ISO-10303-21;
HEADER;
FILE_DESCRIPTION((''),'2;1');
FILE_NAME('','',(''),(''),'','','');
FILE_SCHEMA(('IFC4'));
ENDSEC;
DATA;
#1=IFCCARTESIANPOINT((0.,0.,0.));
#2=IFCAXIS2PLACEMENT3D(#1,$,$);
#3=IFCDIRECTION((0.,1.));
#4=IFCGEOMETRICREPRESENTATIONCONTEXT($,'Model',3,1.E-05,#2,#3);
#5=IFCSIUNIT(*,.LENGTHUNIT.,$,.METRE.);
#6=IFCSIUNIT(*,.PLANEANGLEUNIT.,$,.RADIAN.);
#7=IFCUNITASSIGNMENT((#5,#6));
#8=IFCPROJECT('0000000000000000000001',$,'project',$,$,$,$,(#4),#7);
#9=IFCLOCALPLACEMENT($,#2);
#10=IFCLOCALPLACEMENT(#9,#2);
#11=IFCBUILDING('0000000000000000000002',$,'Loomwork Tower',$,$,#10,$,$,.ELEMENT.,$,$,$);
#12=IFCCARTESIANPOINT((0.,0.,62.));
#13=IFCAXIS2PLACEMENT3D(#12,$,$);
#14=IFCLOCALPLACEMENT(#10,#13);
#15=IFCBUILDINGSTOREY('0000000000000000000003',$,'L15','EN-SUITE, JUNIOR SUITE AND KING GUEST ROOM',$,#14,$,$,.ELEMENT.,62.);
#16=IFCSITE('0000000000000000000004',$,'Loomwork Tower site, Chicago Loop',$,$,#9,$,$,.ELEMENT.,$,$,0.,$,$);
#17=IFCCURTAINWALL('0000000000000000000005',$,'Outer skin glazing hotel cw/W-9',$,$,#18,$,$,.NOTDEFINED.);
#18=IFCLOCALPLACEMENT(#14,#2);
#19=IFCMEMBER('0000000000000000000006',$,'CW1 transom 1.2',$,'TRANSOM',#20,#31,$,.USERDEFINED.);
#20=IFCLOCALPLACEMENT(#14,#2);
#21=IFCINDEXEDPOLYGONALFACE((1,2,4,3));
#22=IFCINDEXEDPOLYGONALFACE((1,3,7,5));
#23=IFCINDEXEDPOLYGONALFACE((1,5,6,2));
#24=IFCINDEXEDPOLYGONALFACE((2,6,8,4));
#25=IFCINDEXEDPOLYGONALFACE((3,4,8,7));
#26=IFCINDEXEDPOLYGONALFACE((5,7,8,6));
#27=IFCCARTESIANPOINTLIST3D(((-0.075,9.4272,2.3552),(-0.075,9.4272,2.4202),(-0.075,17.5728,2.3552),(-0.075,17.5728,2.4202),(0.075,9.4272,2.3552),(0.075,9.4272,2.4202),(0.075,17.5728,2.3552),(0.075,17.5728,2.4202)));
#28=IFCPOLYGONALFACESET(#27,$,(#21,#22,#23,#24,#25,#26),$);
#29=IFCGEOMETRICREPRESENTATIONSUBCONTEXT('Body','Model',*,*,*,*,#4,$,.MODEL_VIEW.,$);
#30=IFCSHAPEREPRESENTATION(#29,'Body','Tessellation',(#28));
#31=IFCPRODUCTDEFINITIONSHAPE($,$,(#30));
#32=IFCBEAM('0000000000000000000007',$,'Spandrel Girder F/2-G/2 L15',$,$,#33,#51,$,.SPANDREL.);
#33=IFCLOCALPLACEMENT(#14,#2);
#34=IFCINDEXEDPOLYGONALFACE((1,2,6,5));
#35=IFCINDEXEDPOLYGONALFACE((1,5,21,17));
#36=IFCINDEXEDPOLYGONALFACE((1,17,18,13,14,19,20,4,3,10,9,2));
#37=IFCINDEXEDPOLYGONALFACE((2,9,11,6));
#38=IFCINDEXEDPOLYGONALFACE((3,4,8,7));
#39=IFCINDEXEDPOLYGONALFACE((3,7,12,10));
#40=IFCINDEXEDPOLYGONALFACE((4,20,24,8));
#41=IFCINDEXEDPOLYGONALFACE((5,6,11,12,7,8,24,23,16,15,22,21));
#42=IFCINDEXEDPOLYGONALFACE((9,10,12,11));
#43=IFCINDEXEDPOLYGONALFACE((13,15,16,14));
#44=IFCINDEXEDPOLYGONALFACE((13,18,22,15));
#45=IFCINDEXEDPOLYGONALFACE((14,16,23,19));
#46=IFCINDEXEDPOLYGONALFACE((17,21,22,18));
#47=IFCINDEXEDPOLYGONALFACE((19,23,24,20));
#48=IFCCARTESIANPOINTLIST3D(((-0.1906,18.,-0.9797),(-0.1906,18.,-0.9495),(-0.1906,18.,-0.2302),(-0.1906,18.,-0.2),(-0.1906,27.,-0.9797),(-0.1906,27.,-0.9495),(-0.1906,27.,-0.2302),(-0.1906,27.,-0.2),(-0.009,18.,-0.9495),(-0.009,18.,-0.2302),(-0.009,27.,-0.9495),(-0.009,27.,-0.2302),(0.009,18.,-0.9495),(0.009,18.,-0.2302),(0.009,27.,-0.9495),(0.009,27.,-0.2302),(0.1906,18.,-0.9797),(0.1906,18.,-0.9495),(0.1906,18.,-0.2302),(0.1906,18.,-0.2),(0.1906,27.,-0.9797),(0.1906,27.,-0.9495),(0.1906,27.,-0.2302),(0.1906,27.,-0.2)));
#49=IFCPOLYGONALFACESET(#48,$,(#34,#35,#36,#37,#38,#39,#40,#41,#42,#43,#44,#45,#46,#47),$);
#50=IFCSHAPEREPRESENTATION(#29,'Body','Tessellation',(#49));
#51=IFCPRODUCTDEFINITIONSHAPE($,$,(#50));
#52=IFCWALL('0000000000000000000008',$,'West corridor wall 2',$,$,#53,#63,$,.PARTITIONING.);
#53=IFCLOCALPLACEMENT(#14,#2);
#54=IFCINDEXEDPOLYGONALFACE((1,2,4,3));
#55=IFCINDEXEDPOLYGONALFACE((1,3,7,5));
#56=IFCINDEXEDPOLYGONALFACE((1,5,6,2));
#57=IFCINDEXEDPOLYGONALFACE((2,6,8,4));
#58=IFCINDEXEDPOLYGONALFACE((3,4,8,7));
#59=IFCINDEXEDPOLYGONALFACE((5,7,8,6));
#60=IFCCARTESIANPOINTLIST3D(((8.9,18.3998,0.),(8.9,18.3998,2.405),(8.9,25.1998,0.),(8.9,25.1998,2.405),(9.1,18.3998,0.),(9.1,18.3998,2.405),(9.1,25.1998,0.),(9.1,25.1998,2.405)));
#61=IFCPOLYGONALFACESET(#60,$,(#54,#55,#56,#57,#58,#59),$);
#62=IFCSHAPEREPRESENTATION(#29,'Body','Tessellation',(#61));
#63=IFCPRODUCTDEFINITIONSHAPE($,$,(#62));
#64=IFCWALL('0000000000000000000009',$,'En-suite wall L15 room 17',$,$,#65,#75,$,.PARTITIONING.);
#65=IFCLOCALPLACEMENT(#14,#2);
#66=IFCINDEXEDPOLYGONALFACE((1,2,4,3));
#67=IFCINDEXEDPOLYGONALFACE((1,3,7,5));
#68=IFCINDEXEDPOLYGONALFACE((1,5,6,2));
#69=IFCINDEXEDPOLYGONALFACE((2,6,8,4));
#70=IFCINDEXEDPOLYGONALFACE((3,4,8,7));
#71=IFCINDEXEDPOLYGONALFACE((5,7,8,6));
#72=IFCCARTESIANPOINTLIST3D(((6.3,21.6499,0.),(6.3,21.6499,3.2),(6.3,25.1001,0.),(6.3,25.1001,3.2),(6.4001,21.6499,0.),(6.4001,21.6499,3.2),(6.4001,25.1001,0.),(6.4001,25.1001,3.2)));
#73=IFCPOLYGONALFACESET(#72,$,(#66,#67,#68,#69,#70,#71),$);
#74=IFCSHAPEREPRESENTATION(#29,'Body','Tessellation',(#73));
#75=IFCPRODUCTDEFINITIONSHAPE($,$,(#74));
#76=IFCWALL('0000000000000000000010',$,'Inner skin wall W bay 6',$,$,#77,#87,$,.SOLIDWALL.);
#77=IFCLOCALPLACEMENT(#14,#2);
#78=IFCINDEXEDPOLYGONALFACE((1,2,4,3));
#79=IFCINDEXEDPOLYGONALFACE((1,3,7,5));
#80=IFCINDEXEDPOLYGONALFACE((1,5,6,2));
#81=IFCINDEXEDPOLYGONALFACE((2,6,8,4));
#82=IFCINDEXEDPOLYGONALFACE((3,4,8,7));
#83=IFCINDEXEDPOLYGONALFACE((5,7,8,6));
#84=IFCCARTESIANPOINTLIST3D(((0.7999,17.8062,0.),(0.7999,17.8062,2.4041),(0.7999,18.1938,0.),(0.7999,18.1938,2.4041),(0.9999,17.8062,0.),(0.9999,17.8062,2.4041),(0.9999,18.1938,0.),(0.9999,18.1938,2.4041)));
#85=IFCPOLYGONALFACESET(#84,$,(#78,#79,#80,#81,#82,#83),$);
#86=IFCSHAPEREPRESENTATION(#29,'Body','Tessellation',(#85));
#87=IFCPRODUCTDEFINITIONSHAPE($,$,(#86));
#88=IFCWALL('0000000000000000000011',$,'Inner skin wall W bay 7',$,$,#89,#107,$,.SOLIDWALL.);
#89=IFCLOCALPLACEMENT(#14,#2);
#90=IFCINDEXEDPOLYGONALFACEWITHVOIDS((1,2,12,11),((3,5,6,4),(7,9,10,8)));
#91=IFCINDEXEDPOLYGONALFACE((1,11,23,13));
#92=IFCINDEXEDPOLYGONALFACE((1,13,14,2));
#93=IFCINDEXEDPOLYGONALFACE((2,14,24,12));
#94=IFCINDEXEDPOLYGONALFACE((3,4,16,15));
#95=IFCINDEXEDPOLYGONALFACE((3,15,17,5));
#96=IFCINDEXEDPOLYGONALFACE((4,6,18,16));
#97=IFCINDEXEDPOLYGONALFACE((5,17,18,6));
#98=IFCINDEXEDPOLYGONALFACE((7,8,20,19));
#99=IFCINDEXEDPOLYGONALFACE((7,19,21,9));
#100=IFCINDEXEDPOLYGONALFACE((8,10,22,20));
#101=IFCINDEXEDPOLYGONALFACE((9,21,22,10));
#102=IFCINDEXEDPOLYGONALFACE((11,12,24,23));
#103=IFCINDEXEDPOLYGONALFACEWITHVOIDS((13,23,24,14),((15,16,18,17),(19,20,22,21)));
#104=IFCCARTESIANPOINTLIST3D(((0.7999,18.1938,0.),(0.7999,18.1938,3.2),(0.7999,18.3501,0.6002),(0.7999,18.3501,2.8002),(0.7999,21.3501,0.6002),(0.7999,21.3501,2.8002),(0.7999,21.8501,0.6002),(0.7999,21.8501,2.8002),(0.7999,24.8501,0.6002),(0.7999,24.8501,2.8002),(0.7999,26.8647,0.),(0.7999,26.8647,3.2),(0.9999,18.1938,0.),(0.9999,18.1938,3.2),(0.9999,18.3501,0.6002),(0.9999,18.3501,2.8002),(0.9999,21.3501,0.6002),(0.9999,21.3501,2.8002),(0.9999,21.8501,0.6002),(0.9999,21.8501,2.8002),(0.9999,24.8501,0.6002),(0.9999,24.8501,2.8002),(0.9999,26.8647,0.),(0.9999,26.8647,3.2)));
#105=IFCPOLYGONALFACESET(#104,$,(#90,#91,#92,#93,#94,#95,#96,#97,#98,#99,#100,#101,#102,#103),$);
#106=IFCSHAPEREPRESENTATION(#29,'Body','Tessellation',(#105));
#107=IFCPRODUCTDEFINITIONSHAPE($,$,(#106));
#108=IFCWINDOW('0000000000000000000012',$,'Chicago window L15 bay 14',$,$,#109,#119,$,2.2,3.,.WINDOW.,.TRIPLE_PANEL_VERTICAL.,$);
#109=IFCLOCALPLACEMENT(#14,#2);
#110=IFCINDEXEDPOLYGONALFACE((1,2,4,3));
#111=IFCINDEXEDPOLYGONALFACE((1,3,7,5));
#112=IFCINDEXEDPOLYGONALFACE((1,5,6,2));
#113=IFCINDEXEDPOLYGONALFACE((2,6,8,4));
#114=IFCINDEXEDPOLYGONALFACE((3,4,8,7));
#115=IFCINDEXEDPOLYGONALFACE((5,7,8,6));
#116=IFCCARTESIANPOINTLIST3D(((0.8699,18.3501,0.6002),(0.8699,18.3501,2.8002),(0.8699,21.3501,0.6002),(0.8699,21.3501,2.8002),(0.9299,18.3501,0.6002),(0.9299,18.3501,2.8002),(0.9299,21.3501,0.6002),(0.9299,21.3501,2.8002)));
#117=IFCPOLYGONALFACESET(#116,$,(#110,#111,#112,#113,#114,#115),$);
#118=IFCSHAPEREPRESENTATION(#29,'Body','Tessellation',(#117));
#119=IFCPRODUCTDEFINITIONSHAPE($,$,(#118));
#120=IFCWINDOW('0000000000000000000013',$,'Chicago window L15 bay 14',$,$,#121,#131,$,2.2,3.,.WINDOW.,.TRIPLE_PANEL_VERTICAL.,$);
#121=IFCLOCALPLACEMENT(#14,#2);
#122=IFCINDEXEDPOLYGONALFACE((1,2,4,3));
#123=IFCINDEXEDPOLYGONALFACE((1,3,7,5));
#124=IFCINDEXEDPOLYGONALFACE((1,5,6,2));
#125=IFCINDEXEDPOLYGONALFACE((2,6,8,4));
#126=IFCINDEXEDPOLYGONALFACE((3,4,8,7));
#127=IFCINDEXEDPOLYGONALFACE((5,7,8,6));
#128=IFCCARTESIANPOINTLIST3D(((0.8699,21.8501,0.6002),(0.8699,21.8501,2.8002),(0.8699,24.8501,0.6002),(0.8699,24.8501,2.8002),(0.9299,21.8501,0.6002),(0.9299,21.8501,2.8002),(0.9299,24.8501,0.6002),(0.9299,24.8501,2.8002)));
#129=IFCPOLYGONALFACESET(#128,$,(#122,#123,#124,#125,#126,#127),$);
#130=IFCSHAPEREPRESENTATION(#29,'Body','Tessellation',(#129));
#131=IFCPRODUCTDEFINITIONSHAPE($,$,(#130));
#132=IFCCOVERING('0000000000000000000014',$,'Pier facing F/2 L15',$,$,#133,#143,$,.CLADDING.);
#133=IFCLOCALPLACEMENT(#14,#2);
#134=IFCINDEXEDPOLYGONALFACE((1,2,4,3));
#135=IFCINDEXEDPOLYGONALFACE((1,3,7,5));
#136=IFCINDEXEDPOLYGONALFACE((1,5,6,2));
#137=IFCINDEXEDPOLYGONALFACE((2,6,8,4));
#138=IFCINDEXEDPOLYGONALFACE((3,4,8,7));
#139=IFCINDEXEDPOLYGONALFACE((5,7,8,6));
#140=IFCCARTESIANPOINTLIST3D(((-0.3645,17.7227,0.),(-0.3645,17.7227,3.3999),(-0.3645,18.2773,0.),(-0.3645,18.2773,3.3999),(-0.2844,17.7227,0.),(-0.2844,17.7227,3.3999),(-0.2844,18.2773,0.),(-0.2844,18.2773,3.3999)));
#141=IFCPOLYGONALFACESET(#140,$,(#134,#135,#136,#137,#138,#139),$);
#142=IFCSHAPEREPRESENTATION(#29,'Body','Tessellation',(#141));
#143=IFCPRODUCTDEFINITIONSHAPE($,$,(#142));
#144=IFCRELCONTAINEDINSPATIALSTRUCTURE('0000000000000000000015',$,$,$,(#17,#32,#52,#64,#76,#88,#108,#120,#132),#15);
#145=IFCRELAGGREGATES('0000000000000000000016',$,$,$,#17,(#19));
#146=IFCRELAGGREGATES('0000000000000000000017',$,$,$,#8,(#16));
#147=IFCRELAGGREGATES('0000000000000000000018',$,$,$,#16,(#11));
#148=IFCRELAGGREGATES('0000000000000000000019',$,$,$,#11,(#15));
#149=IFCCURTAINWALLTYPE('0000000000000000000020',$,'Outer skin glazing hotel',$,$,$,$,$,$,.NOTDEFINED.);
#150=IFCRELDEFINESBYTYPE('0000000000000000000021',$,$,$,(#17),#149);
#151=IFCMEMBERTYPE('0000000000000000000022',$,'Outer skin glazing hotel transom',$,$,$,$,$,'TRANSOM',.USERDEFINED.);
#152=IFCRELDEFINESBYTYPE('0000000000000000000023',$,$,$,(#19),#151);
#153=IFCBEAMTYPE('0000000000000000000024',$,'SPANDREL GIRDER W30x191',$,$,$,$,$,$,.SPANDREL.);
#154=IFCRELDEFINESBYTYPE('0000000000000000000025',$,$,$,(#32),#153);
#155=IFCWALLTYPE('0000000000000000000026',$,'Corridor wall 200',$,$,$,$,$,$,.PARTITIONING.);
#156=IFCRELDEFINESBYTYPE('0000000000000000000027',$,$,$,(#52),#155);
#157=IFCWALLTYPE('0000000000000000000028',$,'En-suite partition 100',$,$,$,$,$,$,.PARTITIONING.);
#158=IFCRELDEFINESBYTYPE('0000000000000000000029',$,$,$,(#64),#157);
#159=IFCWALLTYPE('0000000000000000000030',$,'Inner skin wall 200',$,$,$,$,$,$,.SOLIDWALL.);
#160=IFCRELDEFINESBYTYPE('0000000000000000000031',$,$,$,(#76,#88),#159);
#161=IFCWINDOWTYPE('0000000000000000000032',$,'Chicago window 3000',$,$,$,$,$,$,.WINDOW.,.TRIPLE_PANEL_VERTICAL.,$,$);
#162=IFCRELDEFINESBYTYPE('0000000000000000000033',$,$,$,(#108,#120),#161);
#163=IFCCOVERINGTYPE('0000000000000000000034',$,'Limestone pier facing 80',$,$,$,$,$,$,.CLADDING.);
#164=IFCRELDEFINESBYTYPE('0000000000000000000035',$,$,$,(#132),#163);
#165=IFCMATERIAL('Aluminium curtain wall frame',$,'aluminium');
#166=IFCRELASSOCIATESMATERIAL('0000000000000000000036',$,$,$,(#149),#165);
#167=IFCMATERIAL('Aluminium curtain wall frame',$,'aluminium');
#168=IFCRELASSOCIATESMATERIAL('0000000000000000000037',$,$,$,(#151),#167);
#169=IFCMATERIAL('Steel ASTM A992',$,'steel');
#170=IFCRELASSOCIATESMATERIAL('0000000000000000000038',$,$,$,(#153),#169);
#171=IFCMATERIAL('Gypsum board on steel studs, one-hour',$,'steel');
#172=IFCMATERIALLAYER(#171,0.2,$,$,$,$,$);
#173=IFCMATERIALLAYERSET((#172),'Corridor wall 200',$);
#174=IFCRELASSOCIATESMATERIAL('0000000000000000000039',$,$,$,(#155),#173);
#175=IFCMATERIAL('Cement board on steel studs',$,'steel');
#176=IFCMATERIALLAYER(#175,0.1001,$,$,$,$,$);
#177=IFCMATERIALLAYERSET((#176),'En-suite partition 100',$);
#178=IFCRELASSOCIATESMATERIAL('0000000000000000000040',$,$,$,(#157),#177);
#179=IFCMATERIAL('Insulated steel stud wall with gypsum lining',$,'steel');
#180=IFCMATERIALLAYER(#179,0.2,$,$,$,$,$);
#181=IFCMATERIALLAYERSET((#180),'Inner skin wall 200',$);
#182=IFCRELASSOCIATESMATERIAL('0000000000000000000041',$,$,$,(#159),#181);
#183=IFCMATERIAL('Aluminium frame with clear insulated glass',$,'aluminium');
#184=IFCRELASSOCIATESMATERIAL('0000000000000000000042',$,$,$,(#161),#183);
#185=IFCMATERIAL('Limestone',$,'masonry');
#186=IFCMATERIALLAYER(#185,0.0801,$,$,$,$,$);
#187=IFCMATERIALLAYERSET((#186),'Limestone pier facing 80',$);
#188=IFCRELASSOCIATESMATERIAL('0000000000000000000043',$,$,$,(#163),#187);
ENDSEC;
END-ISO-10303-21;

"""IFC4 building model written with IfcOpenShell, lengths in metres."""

from ifc_helpers import new_model, si_unit, direction, frame, frame_2d, origin, origin_2d, place, context, subcontext, project, spatial, rectangle, i_section, extrude, material, layer, layer_set, material_profile, profile_set, type_object, element, fill, aggregate, save


model = new_model("IFC4")

# Units and contexts
model_context = context("Model", 3, precision=1e-05, world=origin(), true_north=direction((0.0, 1.0)))
body_context = subcontext(model_context, "Body", "Model", "MODEL_VIEW")
ifc_project = project(units=[si_unit("LENGTHUNIT", "METRE"), si_unit("PLANEANGLEUNIT", "RADIAN")], contexts=[model_context])

# Site, building, storey
site_placement = place(None, origin())
site = spatial("IfcSite", under=ifc_project, at=site_placement, Name="Loomwork Tower site, Chicago Loop", CompositionType="ELEMENT", RefElevation=0.0)
building_placement = place(site_placement, origin())
building = spatial("IfcBuilding", under=site, at=building_placement, Name="Loomwork Tower", CompositionType="ELEMENT")
storey_placement = place(building_placement, frame((0.0, 0.0, 62.0)))
storey = spatial("IfcBuildingStorey", under=building, at=storey_placement, Name="L15", Description="EN-SUITE, JUNIOR SUITE AND KING GUEST ROOM", CompositionType="ELEMENT", Elevation=62.0)

# Curtain wall
ifc_material_1 = material(Name="Aluminium curtain wall frame", Category="aluminium")
curtain_wall_type = type_object("IfcCurtainWallType", Name="Outer skin glazing hotel", PredefinedType="NOTDEFINED", material=ifc_material_1)
curtain_wall_1_placement = place(storey_placement, origin())
curtain_wall_1 = element("IfcCurtainWall", 1, at=curtain_wall_1_placement, inside=storey, type_object=curtain_wall_type, Name="Outer skin glazing hotel cw/W-9", PredefinedType="NOTDEFINED")

# Member
ifc_material_2 = material(Name="Aluminium curtain wall frame", Category="aluminium")
ifc_material_profile_1 = material_profile(ifc_material_2, rectangle(XDim=0.1499, YDim=0.0649, at=origin_2d()), Name="AL 65x150")
ifc_profile_set_1 = profile_set([ifc_material_profile_1], Name="Aluminium curtain wall frame")
member_type_1 = type_object("IfcMemberType", Name="Outer skin glazing hotel transom", ElementType="TRANSOM", PredefinedType="USERDEFINED", material=ifc_profile_set_1)
member_1_placement = place(storey_placement, frame((0.0, 17.5728, 2.3877), z_axis=(0.0, -1.0, 0.0), x_axis=(1.0, 0.0, 0.0)))
member_1 = element("IfcMember", 2, at=member_1_placement, type_object=member_type_1, Name="CW1 transom 1.2", ObjectType="TRANSOM", PredefinedType="USERDEFINED", context=body_context, shape_type="SweptSolid", body=[
    extrude(rectangle(XDim=0.1499, YDim=0.0649, at=origin_2d()), origin(), (0.0, 0.0, 1.0), 8.1455),
])
aggregate(curtain_wall_1, [member_1])

# Beam
ifc_material_3 = material(Name="Steel ASTM A992", Category="steel")
ifc_material_profile_2 = material_profile(ifc_material_3, i_section(OverallWidth=0.3811, OverallDepth=0.7798, WebThickness=0.0181, FlangeThickness=0.0303, at=origin_2d()), Name="W30x191")
ifc_profile_set_2 = profile_set([ifc_material_profile_2], Name="Steel ASTM A992")
beam_type_1 = type_object("IfcBeamType", Name="SPANDREL GIRDER W30x191", PredefinedType="SPANDREL", material=ifc_profile_set_2)
beam_1_placement = place(storey_placement, frame((0.0, 18.0, -0.5898), z_axis=(0.0, 1.0, 0.0), x_axis=(-1.0, 0.0, 0.0)))
element("IfcBeam", 3, at=beam_1_placement, inside=storey, type_object=beam_type_1, Name="Spandrel Girder F/2-G/2 L15", PredefinedType="SPANDREL", context=body_context, shape_type="SweptSolid", body=[
    extrude(i_section(OverallWidth=0.3811, OverallDepth=0.7798, WebThickness=0.0181, FlangeThickness=0.0303, at=origin_2d()), origin(), (0.0, 0.0, 1.0), 9.0),
])

# Walls
ifc_material_4 = material(Name="Gypsum board on steel studs, one-hour", Category="steel")
ifc_layer_1 = layer(ifc_material_4, 0.2)
ifc_layer_set_1 = layer_set([ifc_layer_1], Name="Corridor wall 200")
wall_type_1 = type_object("IfcWallType", Name="Corridor wall 200", PredefinedType="PARTITIONING", material=ifc_layer_set_1)
wall_1_placement = place(storey_placement, frame((9.0, 18.3999, 0.0), z_axis=(0.0, 0.0, 1.0), x_axis=(0.0, 1.0, 0.0)))
element("IfcWall", 4, at=wall_1_placement, inside=storey, type_object=wall_type_1, Name="West corridor wall 2", PredefinedType="PARTITIONING", context=body_context, shape_type="SweptSolid", body=[
    extrude(rectangle(XDim=6.8, YDim=0.2, at=frame_2d((3.3999, 0.0))), origin(), (0.0, 0.0, 1.0), 2.405),
])
ifc_material_5 = material(Name="Cement board on steel studs", Category="steel")
ifc_layer_2 = layer(ifc_material_5, 0.1001)
ifc_layer_set_2 = layer_set([ifc_layer_2], Name="En-suite partition 100")
wall_type_2 = type_object("IfcWallType", Name="En-suite partition 100", PredefinedType="PARTITIONING", material=ifc_layer_set_2)
wall_2_placement = place(storey_placement, frame((6.3501, 21.6499, 0.0), z_axis=(0.0, 0.0, 1.0), x_axis=(0.0, 1.0, 0.0)))
element("IfcWall", 5, at=wall_2_placement, inside=storey, type_object=wall_type_2, Name="En-suite wall L15 room 17", PredefinedType="PARTITIONING", context=body_context, shape_type="SweptSolid", body=[
    extrude(rectangle(XDim=3.4502, YDim=0.1001, at=frame_2d((1.7251, 0.0))), origin(), (0.0, 0.0, 1.0), 3.2),
])
ifc_material_6 = material(Name="Insulated steel stud wall with gypsum lining", Category="steel")
ifc_layer_3 = layer(ifc_material_6, 0.2)
ifc_layer_set_3 = layer_set([ifc_layer_3], Name="Inner skin wall 200")
wall_type_3 = type_object("IfcWallType", Name="Inner skin wall 200", PredefinedType="SOLIDWALL", material=ifc_layer_set_3)
wall_3_placement = place(storey_placement, frame((0.8999, 17.8062, 0.0), z_axis=(0.0, 0.0, 1.0), x_axis=(0.0, 1.0, 0.0)))
element("IfcWall", 6, at=wall_3_placement, inside=storey, type_object=wall_type_3, Name="Inner skin wall W bay 6", PredefinedType="SOLIDWALL", context=body_context, shape_type="SweptSolid", body=[
    extrude(rectangle(XDim=0.3877, YDim=0.2, at=frame_2d((0.1938, 0.0))), origin(), (0.0, 0.0, 1.0), 2.4041),
])

# Wall, openings, windows
wall_4_placement = place(storey_placement, frame((0.8999, 18.1938, 0.0), z_axis=(0.0, 0.0, 1.0), x_axis=(0.0, 1.0, 0.0)))
wall_4 = element("IfcWall", 7, at=wall_4_placement, inside=storey, type_object=wall_type_3, Name="Inner skin wall W bay 7", PredefinedType="SOLIDWALL", context=body_context, shape_type="SweptSolid", body=[
    extrude(rectangle(XDim=8.6709, YDim=0.2, at=frame_2d((4.3354, 0.0))), origin(), (0.0, 0.0, 1.0), 3.2),
])
opening_1_placement = place(wall_4_placement, frame((0.1562, 0.0, 0.6001)))
opening_1 = element("IfcOpeningElement", 8, at=opening_1_placement, cuts=wall_4, PredefinedType="OPENING", context=body_context, shape_type="SweptSolid", body=[
    extrude(rectangle(XDim=3.0, YDim=2.2, at=frame_2d((1.5, 1.1001))), frame((0.0, 0.1099, 0.0), z_axis=(0.0, -1.0, 0.0), x_axis=(1.0, 0.0, 0.0)), (0.0, 0.0, 1.0), 0.22),
])
opening_2_placement = place(wall_4_placement, frame((3.6562, 0.0, 0.6001)))
opening_2 = element("IfcOpeningElement", 9, at=opening_2_placement, cuts=wall_4, PredefinedType="OPENING", context=body_context, shape_type="SweptSolid", body=[
    extrude(rectangle(XDim=3.0, YDim=2.2, at=frame_2d((1.5, 1.1001))), frame((0.0, 0.1099, 0.0), z_axis=(0.0, -1.0, 0.0), x_axis=(1.0, 0.0, 0.0)), (0.0, 0.0, 1.0), 0.22),
])
ifc_material_7 = material(Name="Aluminium frame with clear insulated glass", Category="aluminium")
window_type = type_object("IfcWindowType", Name="Chicago window 3000", PartitioningType="TRIPLE_PANEL_VERTICAL", PredefinedType="WINDOW", material=ifc_material_7)
window_1_placement = place(opening_1_placement, origin())
window_1 = element("IfcWindow", 10, at=window_1_placement, inside=storey, type_object=window_type, Name="Chicago window L15 bay 14", OverallHeight=2.2, OverallWidth=3.0, PartitioningType="TRIPLE_PANEL_VERTICAL", PredefinedType="WINDOW", context=body_context, shape_type="SweptSolid", body=[
    extrude(rectangle(XDim=3.0, YDim=2.2, at=frame_2d((1.5, 1.1001))), frame((0.0, 0.03, 0.0), z_axis=(0.0, -1.0, 0.0), x_axis=(1.0, 0.0, 0.0)), (0.0, 0.0, 1.0), 0.0601),
])
fill(opening_1, window_1)
window_2_placement = place(opening_2_placement, origin())
window_2 = element("IfcWindow", 11, at=window_2_placement, inside=storey, type_object=window_type, Name="Chicago window L15 bay 14", OverallHeight=2.2, OverallWidth=3.0, PartitioningType="TRIPLE_PANEL_VERTICAL", PredefinedType="WINDOW", context=body_context, shape_type="SweptSolid", body=[
    extrude(rectangle(XDim=3.0, YDim=2.2, at=frame_2d((1.5, 1.1001))), frame((0.0, 0.03, 0.0), z_axis=(0.0, -1.0, 0.0), x_axis=(1.0, 0.0, 0.0)), (0.0, 0.0, 1.0), 0.0601),
])
fill(opening_2, window_2)

# Covering
ifc_material_8 = material(Name="Limestone", Category="masonry")
ifc_layer_4 = layer(ifc_material_8, 0.0801)
ifc_layer_set_4 = layer_set([ifc_layer_4], Name="Limestone pier facing 80")
covering_type = type_object("IfcCoveringType", Name="Limestone pier facing 80", PredefinedType="CLADDING", material=ifc_layer_set_4)
covering_placement = place(storey_placement, frame((-0.3245, 18.0, 0.0), z_axis=(0.0, 0.0, 1.0), x_axis=(1.0, 0.0, 0.0)))
element("IfcCovering", 12, at=covering_placement, inside=storey, type_object=covering_type, Name="Pier facing F/2 L15", PredefinedType="CLADDING", context=body_context, shape_type="SweptSolid", body=[
    extrude(rectangle(XDim=0.0801, YDim=0.5547, at=origin_2d()), origin(), (0.0, 0.0, 1.0), 3.3999),
])

save(model, "model.ifc")
